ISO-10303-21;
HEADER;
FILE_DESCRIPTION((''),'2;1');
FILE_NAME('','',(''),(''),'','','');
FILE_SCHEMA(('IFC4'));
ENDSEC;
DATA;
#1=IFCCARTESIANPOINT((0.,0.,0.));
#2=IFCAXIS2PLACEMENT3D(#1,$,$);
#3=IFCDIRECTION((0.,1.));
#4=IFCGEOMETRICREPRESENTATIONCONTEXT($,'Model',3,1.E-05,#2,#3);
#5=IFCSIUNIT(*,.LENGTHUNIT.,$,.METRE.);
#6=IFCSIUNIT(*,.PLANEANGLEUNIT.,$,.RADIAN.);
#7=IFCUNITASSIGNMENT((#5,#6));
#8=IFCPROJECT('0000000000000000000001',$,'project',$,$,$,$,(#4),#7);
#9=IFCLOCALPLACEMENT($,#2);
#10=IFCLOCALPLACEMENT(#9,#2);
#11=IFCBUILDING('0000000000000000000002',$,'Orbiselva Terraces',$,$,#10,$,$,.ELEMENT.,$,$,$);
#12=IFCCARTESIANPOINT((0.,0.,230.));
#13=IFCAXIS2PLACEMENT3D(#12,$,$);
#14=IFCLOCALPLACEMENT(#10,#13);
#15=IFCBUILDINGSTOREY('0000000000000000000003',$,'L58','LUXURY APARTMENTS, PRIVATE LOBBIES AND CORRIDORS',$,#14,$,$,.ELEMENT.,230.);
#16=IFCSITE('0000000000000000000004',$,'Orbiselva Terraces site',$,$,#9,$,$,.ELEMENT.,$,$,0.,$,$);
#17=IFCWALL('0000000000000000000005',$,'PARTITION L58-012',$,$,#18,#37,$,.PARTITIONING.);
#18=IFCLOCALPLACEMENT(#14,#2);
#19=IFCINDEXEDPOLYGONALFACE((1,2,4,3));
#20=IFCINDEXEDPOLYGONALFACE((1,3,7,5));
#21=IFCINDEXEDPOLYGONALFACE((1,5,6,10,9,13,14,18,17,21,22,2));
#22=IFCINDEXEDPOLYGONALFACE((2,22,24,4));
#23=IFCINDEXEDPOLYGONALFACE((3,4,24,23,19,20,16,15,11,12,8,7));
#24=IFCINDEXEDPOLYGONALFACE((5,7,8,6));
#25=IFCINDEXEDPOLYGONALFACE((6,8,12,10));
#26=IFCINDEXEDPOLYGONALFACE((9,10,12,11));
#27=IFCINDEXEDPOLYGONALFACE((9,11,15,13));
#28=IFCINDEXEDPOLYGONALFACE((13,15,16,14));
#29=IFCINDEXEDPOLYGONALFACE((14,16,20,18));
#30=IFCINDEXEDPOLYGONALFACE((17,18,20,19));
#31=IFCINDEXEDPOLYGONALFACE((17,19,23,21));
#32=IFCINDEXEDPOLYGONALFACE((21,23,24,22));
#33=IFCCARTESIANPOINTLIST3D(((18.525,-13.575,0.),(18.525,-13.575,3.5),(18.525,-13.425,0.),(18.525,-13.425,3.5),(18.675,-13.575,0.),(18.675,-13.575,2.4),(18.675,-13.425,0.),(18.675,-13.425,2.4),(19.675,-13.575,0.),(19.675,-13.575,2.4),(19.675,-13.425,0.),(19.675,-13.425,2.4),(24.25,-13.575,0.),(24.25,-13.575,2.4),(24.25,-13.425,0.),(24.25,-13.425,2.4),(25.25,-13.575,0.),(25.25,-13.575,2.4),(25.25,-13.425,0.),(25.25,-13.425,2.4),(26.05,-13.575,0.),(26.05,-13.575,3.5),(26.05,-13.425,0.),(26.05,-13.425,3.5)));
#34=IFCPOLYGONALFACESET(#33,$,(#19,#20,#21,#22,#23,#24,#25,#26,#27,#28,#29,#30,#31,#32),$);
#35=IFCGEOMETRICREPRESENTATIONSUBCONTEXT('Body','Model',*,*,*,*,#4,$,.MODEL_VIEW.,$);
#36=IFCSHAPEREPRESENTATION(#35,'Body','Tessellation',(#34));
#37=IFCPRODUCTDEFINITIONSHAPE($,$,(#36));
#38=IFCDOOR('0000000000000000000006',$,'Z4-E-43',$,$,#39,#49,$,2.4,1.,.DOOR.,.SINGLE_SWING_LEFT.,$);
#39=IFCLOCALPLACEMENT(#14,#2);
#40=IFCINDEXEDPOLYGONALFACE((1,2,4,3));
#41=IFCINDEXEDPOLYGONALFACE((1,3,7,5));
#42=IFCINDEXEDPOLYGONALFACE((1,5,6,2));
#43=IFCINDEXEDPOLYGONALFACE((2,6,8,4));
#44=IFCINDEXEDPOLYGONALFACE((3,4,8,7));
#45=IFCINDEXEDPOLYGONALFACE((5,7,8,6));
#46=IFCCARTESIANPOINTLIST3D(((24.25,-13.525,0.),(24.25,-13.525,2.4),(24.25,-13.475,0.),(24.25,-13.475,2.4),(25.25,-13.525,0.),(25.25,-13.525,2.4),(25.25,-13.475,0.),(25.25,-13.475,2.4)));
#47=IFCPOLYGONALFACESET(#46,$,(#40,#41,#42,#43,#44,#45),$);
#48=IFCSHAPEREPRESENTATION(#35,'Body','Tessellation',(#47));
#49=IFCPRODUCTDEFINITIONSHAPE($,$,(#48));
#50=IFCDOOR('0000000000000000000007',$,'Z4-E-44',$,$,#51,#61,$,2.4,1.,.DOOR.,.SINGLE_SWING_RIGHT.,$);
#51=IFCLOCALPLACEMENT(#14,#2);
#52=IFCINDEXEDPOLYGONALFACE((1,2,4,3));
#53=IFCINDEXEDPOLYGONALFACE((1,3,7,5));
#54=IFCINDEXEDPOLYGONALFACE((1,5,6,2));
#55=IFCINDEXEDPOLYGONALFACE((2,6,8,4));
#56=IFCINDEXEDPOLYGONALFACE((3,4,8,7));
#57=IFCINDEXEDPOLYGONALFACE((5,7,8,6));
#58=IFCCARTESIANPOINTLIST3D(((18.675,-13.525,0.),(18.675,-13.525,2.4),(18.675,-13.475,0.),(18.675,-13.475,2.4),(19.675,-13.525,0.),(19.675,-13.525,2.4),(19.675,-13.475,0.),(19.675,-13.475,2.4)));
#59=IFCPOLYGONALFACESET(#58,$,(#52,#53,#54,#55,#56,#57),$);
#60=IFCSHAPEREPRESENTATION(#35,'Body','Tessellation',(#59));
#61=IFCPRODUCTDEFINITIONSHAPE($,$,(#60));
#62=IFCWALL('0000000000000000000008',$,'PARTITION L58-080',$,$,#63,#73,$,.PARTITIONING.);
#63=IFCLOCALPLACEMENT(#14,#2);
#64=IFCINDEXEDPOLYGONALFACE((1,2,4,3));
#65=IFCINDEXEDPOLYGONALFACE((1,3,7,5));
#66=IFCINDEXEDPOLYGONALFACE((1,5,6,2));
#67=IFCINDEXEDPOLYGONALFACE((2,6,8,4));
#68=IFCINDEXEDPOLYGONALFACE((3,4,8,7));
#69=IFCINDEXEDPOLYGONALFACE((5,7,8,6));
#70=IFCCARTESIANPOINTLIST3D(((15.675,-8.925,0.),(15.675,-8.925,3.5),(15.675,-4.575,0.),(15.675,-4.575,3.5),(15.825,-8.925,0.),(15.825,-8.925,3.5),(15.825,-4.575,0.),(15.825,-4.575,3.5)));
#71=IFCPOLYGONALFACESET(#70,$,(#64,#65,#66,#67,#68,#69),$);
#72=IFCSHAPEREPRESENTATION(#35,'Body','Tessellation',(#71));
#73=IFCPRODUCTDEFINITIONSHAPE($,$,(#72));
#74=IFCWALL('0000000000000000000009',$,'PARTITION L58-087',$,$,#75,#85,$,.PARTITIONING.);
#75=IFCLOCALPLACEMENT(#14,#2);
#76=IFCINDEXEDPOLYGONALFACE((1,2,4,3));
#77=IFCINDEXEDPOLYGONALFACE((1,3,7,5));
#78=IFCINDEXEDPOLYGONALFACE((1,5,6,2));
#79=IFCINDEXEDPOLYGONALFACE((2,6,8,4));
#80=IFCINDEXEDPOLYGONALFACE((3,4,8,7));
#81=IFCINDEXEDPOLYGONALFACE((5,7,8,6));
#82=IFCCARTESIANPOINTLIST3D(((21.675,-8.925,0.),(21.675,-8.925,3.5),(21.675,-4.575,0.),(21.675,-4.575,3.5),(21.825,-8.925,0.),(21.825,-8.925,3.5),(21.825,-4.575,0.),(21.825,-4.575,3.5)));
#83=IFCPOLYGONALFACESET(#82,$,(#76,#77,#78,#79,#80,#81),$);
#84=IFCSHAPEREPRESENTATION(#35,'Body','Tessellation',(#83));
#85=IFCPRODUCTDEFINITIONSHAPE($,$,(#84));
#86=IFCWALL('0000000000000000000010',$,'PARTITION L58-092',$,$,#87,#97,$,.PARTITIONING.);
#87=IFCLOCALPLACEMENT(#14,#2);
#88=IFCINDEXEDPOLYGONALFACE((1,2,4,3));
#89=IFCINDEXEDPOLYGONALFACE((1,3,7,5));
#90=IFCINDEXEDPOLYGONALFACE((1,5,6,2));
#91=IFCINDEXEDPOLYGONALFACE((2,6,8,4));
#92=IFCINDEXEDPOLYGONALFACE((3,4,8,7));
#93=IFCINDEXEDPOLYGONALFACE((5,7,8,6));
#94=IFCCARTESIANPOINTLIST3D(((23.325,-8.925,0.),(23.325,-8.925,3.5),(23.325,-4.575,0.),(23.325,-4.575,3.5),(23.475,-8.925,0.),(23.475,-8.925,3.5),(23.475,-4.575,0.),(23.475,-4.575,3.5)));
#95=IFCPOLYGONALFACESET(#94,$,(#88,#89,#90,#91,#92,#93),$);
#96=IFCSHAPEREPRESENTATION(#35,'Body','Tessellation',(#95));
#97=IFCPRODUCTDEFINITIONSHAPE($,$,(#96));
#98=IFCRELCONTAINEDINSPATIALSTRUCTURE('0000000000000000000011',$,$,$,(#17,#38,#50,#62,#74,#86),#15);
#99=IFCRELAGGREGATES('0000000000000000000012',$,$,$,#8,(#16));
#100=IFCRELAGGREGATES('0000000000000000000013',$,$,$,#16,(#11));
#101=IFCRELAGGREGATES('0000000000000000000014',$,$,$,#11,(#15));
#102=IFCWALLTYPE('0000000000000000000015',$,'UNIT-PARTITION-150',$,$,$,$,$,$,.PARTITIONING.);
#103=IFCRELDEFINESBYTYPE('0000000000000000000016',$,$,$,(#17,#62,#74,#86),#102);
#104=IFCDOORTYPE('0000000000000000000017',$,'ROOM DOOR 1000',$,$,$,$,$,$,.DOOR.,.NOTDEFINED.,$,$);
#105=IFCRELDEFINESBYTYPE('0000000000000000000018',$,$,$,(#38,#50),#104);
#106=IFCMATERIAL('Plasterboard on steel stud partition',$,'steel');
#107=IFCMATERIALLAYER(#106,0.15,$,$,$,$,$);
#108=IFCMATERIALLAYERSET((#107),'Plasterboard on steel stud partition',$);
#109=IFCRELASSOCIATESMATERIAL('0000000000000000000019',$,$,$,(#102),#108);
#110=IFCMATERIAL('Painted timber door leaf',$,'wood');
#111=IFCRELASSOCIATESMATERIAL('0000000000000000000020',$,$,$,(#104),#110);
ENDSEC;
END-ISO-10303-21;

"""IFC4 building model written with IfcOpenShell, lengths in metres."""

from ifc_helpers import new_model, si_unit, direction, frame, frame_2d, origin, place, context, subcontext, project, spatial, rectangle, extrude, material, layer, layer_set, type_object, element, fill, save


model = new_model("IFC4")

# Units and contexts
model_context = context("Model", 3, precision=1e-05, world=origin(), true_north=direction((0.0, 1.0)))
body_context = subcontext(model_context, "Body", "Model", "MODEL_VIEW")
ifc_project = project(units=[si_unit("LENGTHUNIT", "METRE"), si_unit("PLANEANGLEUNIT", "RADIAN")], contexts=[model_context])

# Site, building, storey
site_placement = place(None, origin())
site = spatial("IfcSite", under=ifc_project, at=site_placement, Name="Orbiselva Terraces site", CompositionType="ELEMENT", RefElevation=0.0)
building_placement = place(site_placement, origin())
building = spatial("IfcBuilding", under=site, at=building_placement, Name="Orbiselva Terraces", CompositionType="ELEMENT")
storey_placement = place(building_placement, frame((0.0, 0.0, 230.0)))
storey = spatial("IfcBuildingStorey", under=building, at=storey_placement, Name="L58", Description="LUXURY APARTMENTS, PRIVATE LOBBIES AND CORRIDORS", CompositionType="ELEMENT", Elevation=230.0)

# Shared definitions
ifc_material_1 = material(Name="Plasterboard on steel stud partition", Category="steel")
ifc_layer_1 = layer(ifc_material_1, 0.15)
ifc_layer_set_1 = layer_set([ifc_layer_1], Name="Plasterboard on steel stud partition")
wall_type_1 = type_object("IfcWallType", Name="UNIT-PARTITION-150", PredefinedType="PARTITIONING", material=ifc_layer_set_1)
ifc_material_2 = material(Name="Painted timber door leaf", Category="wood")

# Wall, openings, doors
wall_1_placement = place(storey_placement, frame((26.05, -13.5, 0.0), z_axis=(0.0, 0.0, 1.0), x_axis=(-1.0, 0.0, 0.0)))
wall_1 = element("IfcWall", 1, at=wall_1_placement, inside=storey, type_object=wall_type_1, Name="PARTITION L58-012", PredefinedType="PARTITIONING", context=body_context, shape_type="SweptSolid", body=[
    extrude(rectangle(XDim=7.525, YDim=0.15, at=frame_2d((3.7625, 0.0))), origin(), (0.0, 0.0, 1.0), 3.5),
])
opening_1_placement = place(wall_1_placement, frame((0.8, 0.0, 0.0)))
opening_1 = element("IfcOpeningElement", 2, at=opening_1_placement, cuts=wall_1, PredefinedType="OPENING", context=body_context, shape_type="SweptSolid", body=[
    extrude(rectangle(XDim=1.0, YDim=2.4, at=frame_2d((0.5, 1.2))), frame((0.0, 0.085, 0.0), z_axis=(0.0, -1.0, 0.0), x_axis=(1.0, 0.0, 0.0)), (0.0, 0.0, 1.0), 0.17),
])
opening_2_placement = place(wall_1_placement, frame((6.375, 0.0, 0.0)))
opening_2 = element("IfcOpeningElement", 3, at=opening_2_placement, cuts=wall_1, PredefinedType="OPENING", context=body_context, shape_type="SweptSolid", body=[
    extrude(rectangle(XDim=1.0, YDim=2.4, at=frame_2d((0.5, 1.2))), frame((0.0, 0.085, 0.0), z_axis=(0.0, -1.0, 0.0), x_axis=(1.0, 0.0, 0.0)), (0.0, 0.0, 1.0), 0.17),
])
door_type_1 = type_object("IfcDoorType", Name="ROOM DOOR 1000", OperationType="NOTDEFINED", PredefinedType="DOOR", material=ifc_material_2)
door_1_placement = place(opening_1_placement, origin())
door_1 = element("IfcDoor", 4, at=door_1_placement, inside=storey, type_object=door_type_1, Name="Z4-E-43", OperationType="SINGLE_SWING_LEFT", OverallHeight=2.4, OverallWidth=1.0, PredefinedType="DOOR", context=body_context, shape_type="SweptSolid", body=[
    extrude(rectangle(XDim=1.0, YDim=2.4, at=frame_2d((0.5, 1.2))), frame((0.0, 0.025, 0.0), z_axis=(0.0, -1.0, 0.0), x_axis=(1.0, 0.0, 0.0)), (0.0, 0.0, 1.0), 0.05),
])
fill(opening_1, door_1)
door_2_placement = place(opening_2_placement, origin())
door_2 = element("IfcDoor", 5, at=door_2_placement, inside=storey, type_object=door_type_1, Name="Z4-E-44", OperationType="SINGLE_SWING_RIGHT", OverallHeight=2.4, OverallWidth=1.0, PredefinedType="DOOR", context=body_context, shape_type="SweptSolid", body=[
    extrude(rectangle(XDim=1.0, YDim=2.4, at=frame_2d((0.5, 1.2))), frame((0.0, 0.025, 0.0), z_axis=(0.0, -1.0, 0.0), x_axis=(1.0, 0.0, 0.0)), (0.0, 0.0, 1.0), 0.05),
])
fill(opening_2, door_2)

# Walls
for number, where, z_axis, x_axis, name in (
    (6, (15.75, -8.925, 0.0), (0.0, 0.0, 1.0), (0.0, 1.0, 0.0), "PARTITION L58-080"),
    (7, (21.75, -8.925, 0.0), (0.0, 0.0, 1.0), (0.0, 1.0, 0.0), "PARTITION L58-087"),
    (8, (23.4, -8.925, 0.0), (0.0, 0.0, 1.0), (0.0, 1.0, 0.0), "PARTITION L58-092"),
):
    element("IfcWall", number, at=place(storey_placement, frame(where, z_axis=z_axis, x_axis=x_axis)), inside=storey, type_object=wall_type_1, Name=name, PredefinedType="PARTITIONING", context=body_context, shape_type="SweptSolid", body=[
        extrude(rectangle(XDim=4.35, YDim=0.15, at=frame_2d((2.175, 0.0))), origin(), (0.0, 0.0, 1.0), 3.5),
    ])

save(model, "model.ifc")
